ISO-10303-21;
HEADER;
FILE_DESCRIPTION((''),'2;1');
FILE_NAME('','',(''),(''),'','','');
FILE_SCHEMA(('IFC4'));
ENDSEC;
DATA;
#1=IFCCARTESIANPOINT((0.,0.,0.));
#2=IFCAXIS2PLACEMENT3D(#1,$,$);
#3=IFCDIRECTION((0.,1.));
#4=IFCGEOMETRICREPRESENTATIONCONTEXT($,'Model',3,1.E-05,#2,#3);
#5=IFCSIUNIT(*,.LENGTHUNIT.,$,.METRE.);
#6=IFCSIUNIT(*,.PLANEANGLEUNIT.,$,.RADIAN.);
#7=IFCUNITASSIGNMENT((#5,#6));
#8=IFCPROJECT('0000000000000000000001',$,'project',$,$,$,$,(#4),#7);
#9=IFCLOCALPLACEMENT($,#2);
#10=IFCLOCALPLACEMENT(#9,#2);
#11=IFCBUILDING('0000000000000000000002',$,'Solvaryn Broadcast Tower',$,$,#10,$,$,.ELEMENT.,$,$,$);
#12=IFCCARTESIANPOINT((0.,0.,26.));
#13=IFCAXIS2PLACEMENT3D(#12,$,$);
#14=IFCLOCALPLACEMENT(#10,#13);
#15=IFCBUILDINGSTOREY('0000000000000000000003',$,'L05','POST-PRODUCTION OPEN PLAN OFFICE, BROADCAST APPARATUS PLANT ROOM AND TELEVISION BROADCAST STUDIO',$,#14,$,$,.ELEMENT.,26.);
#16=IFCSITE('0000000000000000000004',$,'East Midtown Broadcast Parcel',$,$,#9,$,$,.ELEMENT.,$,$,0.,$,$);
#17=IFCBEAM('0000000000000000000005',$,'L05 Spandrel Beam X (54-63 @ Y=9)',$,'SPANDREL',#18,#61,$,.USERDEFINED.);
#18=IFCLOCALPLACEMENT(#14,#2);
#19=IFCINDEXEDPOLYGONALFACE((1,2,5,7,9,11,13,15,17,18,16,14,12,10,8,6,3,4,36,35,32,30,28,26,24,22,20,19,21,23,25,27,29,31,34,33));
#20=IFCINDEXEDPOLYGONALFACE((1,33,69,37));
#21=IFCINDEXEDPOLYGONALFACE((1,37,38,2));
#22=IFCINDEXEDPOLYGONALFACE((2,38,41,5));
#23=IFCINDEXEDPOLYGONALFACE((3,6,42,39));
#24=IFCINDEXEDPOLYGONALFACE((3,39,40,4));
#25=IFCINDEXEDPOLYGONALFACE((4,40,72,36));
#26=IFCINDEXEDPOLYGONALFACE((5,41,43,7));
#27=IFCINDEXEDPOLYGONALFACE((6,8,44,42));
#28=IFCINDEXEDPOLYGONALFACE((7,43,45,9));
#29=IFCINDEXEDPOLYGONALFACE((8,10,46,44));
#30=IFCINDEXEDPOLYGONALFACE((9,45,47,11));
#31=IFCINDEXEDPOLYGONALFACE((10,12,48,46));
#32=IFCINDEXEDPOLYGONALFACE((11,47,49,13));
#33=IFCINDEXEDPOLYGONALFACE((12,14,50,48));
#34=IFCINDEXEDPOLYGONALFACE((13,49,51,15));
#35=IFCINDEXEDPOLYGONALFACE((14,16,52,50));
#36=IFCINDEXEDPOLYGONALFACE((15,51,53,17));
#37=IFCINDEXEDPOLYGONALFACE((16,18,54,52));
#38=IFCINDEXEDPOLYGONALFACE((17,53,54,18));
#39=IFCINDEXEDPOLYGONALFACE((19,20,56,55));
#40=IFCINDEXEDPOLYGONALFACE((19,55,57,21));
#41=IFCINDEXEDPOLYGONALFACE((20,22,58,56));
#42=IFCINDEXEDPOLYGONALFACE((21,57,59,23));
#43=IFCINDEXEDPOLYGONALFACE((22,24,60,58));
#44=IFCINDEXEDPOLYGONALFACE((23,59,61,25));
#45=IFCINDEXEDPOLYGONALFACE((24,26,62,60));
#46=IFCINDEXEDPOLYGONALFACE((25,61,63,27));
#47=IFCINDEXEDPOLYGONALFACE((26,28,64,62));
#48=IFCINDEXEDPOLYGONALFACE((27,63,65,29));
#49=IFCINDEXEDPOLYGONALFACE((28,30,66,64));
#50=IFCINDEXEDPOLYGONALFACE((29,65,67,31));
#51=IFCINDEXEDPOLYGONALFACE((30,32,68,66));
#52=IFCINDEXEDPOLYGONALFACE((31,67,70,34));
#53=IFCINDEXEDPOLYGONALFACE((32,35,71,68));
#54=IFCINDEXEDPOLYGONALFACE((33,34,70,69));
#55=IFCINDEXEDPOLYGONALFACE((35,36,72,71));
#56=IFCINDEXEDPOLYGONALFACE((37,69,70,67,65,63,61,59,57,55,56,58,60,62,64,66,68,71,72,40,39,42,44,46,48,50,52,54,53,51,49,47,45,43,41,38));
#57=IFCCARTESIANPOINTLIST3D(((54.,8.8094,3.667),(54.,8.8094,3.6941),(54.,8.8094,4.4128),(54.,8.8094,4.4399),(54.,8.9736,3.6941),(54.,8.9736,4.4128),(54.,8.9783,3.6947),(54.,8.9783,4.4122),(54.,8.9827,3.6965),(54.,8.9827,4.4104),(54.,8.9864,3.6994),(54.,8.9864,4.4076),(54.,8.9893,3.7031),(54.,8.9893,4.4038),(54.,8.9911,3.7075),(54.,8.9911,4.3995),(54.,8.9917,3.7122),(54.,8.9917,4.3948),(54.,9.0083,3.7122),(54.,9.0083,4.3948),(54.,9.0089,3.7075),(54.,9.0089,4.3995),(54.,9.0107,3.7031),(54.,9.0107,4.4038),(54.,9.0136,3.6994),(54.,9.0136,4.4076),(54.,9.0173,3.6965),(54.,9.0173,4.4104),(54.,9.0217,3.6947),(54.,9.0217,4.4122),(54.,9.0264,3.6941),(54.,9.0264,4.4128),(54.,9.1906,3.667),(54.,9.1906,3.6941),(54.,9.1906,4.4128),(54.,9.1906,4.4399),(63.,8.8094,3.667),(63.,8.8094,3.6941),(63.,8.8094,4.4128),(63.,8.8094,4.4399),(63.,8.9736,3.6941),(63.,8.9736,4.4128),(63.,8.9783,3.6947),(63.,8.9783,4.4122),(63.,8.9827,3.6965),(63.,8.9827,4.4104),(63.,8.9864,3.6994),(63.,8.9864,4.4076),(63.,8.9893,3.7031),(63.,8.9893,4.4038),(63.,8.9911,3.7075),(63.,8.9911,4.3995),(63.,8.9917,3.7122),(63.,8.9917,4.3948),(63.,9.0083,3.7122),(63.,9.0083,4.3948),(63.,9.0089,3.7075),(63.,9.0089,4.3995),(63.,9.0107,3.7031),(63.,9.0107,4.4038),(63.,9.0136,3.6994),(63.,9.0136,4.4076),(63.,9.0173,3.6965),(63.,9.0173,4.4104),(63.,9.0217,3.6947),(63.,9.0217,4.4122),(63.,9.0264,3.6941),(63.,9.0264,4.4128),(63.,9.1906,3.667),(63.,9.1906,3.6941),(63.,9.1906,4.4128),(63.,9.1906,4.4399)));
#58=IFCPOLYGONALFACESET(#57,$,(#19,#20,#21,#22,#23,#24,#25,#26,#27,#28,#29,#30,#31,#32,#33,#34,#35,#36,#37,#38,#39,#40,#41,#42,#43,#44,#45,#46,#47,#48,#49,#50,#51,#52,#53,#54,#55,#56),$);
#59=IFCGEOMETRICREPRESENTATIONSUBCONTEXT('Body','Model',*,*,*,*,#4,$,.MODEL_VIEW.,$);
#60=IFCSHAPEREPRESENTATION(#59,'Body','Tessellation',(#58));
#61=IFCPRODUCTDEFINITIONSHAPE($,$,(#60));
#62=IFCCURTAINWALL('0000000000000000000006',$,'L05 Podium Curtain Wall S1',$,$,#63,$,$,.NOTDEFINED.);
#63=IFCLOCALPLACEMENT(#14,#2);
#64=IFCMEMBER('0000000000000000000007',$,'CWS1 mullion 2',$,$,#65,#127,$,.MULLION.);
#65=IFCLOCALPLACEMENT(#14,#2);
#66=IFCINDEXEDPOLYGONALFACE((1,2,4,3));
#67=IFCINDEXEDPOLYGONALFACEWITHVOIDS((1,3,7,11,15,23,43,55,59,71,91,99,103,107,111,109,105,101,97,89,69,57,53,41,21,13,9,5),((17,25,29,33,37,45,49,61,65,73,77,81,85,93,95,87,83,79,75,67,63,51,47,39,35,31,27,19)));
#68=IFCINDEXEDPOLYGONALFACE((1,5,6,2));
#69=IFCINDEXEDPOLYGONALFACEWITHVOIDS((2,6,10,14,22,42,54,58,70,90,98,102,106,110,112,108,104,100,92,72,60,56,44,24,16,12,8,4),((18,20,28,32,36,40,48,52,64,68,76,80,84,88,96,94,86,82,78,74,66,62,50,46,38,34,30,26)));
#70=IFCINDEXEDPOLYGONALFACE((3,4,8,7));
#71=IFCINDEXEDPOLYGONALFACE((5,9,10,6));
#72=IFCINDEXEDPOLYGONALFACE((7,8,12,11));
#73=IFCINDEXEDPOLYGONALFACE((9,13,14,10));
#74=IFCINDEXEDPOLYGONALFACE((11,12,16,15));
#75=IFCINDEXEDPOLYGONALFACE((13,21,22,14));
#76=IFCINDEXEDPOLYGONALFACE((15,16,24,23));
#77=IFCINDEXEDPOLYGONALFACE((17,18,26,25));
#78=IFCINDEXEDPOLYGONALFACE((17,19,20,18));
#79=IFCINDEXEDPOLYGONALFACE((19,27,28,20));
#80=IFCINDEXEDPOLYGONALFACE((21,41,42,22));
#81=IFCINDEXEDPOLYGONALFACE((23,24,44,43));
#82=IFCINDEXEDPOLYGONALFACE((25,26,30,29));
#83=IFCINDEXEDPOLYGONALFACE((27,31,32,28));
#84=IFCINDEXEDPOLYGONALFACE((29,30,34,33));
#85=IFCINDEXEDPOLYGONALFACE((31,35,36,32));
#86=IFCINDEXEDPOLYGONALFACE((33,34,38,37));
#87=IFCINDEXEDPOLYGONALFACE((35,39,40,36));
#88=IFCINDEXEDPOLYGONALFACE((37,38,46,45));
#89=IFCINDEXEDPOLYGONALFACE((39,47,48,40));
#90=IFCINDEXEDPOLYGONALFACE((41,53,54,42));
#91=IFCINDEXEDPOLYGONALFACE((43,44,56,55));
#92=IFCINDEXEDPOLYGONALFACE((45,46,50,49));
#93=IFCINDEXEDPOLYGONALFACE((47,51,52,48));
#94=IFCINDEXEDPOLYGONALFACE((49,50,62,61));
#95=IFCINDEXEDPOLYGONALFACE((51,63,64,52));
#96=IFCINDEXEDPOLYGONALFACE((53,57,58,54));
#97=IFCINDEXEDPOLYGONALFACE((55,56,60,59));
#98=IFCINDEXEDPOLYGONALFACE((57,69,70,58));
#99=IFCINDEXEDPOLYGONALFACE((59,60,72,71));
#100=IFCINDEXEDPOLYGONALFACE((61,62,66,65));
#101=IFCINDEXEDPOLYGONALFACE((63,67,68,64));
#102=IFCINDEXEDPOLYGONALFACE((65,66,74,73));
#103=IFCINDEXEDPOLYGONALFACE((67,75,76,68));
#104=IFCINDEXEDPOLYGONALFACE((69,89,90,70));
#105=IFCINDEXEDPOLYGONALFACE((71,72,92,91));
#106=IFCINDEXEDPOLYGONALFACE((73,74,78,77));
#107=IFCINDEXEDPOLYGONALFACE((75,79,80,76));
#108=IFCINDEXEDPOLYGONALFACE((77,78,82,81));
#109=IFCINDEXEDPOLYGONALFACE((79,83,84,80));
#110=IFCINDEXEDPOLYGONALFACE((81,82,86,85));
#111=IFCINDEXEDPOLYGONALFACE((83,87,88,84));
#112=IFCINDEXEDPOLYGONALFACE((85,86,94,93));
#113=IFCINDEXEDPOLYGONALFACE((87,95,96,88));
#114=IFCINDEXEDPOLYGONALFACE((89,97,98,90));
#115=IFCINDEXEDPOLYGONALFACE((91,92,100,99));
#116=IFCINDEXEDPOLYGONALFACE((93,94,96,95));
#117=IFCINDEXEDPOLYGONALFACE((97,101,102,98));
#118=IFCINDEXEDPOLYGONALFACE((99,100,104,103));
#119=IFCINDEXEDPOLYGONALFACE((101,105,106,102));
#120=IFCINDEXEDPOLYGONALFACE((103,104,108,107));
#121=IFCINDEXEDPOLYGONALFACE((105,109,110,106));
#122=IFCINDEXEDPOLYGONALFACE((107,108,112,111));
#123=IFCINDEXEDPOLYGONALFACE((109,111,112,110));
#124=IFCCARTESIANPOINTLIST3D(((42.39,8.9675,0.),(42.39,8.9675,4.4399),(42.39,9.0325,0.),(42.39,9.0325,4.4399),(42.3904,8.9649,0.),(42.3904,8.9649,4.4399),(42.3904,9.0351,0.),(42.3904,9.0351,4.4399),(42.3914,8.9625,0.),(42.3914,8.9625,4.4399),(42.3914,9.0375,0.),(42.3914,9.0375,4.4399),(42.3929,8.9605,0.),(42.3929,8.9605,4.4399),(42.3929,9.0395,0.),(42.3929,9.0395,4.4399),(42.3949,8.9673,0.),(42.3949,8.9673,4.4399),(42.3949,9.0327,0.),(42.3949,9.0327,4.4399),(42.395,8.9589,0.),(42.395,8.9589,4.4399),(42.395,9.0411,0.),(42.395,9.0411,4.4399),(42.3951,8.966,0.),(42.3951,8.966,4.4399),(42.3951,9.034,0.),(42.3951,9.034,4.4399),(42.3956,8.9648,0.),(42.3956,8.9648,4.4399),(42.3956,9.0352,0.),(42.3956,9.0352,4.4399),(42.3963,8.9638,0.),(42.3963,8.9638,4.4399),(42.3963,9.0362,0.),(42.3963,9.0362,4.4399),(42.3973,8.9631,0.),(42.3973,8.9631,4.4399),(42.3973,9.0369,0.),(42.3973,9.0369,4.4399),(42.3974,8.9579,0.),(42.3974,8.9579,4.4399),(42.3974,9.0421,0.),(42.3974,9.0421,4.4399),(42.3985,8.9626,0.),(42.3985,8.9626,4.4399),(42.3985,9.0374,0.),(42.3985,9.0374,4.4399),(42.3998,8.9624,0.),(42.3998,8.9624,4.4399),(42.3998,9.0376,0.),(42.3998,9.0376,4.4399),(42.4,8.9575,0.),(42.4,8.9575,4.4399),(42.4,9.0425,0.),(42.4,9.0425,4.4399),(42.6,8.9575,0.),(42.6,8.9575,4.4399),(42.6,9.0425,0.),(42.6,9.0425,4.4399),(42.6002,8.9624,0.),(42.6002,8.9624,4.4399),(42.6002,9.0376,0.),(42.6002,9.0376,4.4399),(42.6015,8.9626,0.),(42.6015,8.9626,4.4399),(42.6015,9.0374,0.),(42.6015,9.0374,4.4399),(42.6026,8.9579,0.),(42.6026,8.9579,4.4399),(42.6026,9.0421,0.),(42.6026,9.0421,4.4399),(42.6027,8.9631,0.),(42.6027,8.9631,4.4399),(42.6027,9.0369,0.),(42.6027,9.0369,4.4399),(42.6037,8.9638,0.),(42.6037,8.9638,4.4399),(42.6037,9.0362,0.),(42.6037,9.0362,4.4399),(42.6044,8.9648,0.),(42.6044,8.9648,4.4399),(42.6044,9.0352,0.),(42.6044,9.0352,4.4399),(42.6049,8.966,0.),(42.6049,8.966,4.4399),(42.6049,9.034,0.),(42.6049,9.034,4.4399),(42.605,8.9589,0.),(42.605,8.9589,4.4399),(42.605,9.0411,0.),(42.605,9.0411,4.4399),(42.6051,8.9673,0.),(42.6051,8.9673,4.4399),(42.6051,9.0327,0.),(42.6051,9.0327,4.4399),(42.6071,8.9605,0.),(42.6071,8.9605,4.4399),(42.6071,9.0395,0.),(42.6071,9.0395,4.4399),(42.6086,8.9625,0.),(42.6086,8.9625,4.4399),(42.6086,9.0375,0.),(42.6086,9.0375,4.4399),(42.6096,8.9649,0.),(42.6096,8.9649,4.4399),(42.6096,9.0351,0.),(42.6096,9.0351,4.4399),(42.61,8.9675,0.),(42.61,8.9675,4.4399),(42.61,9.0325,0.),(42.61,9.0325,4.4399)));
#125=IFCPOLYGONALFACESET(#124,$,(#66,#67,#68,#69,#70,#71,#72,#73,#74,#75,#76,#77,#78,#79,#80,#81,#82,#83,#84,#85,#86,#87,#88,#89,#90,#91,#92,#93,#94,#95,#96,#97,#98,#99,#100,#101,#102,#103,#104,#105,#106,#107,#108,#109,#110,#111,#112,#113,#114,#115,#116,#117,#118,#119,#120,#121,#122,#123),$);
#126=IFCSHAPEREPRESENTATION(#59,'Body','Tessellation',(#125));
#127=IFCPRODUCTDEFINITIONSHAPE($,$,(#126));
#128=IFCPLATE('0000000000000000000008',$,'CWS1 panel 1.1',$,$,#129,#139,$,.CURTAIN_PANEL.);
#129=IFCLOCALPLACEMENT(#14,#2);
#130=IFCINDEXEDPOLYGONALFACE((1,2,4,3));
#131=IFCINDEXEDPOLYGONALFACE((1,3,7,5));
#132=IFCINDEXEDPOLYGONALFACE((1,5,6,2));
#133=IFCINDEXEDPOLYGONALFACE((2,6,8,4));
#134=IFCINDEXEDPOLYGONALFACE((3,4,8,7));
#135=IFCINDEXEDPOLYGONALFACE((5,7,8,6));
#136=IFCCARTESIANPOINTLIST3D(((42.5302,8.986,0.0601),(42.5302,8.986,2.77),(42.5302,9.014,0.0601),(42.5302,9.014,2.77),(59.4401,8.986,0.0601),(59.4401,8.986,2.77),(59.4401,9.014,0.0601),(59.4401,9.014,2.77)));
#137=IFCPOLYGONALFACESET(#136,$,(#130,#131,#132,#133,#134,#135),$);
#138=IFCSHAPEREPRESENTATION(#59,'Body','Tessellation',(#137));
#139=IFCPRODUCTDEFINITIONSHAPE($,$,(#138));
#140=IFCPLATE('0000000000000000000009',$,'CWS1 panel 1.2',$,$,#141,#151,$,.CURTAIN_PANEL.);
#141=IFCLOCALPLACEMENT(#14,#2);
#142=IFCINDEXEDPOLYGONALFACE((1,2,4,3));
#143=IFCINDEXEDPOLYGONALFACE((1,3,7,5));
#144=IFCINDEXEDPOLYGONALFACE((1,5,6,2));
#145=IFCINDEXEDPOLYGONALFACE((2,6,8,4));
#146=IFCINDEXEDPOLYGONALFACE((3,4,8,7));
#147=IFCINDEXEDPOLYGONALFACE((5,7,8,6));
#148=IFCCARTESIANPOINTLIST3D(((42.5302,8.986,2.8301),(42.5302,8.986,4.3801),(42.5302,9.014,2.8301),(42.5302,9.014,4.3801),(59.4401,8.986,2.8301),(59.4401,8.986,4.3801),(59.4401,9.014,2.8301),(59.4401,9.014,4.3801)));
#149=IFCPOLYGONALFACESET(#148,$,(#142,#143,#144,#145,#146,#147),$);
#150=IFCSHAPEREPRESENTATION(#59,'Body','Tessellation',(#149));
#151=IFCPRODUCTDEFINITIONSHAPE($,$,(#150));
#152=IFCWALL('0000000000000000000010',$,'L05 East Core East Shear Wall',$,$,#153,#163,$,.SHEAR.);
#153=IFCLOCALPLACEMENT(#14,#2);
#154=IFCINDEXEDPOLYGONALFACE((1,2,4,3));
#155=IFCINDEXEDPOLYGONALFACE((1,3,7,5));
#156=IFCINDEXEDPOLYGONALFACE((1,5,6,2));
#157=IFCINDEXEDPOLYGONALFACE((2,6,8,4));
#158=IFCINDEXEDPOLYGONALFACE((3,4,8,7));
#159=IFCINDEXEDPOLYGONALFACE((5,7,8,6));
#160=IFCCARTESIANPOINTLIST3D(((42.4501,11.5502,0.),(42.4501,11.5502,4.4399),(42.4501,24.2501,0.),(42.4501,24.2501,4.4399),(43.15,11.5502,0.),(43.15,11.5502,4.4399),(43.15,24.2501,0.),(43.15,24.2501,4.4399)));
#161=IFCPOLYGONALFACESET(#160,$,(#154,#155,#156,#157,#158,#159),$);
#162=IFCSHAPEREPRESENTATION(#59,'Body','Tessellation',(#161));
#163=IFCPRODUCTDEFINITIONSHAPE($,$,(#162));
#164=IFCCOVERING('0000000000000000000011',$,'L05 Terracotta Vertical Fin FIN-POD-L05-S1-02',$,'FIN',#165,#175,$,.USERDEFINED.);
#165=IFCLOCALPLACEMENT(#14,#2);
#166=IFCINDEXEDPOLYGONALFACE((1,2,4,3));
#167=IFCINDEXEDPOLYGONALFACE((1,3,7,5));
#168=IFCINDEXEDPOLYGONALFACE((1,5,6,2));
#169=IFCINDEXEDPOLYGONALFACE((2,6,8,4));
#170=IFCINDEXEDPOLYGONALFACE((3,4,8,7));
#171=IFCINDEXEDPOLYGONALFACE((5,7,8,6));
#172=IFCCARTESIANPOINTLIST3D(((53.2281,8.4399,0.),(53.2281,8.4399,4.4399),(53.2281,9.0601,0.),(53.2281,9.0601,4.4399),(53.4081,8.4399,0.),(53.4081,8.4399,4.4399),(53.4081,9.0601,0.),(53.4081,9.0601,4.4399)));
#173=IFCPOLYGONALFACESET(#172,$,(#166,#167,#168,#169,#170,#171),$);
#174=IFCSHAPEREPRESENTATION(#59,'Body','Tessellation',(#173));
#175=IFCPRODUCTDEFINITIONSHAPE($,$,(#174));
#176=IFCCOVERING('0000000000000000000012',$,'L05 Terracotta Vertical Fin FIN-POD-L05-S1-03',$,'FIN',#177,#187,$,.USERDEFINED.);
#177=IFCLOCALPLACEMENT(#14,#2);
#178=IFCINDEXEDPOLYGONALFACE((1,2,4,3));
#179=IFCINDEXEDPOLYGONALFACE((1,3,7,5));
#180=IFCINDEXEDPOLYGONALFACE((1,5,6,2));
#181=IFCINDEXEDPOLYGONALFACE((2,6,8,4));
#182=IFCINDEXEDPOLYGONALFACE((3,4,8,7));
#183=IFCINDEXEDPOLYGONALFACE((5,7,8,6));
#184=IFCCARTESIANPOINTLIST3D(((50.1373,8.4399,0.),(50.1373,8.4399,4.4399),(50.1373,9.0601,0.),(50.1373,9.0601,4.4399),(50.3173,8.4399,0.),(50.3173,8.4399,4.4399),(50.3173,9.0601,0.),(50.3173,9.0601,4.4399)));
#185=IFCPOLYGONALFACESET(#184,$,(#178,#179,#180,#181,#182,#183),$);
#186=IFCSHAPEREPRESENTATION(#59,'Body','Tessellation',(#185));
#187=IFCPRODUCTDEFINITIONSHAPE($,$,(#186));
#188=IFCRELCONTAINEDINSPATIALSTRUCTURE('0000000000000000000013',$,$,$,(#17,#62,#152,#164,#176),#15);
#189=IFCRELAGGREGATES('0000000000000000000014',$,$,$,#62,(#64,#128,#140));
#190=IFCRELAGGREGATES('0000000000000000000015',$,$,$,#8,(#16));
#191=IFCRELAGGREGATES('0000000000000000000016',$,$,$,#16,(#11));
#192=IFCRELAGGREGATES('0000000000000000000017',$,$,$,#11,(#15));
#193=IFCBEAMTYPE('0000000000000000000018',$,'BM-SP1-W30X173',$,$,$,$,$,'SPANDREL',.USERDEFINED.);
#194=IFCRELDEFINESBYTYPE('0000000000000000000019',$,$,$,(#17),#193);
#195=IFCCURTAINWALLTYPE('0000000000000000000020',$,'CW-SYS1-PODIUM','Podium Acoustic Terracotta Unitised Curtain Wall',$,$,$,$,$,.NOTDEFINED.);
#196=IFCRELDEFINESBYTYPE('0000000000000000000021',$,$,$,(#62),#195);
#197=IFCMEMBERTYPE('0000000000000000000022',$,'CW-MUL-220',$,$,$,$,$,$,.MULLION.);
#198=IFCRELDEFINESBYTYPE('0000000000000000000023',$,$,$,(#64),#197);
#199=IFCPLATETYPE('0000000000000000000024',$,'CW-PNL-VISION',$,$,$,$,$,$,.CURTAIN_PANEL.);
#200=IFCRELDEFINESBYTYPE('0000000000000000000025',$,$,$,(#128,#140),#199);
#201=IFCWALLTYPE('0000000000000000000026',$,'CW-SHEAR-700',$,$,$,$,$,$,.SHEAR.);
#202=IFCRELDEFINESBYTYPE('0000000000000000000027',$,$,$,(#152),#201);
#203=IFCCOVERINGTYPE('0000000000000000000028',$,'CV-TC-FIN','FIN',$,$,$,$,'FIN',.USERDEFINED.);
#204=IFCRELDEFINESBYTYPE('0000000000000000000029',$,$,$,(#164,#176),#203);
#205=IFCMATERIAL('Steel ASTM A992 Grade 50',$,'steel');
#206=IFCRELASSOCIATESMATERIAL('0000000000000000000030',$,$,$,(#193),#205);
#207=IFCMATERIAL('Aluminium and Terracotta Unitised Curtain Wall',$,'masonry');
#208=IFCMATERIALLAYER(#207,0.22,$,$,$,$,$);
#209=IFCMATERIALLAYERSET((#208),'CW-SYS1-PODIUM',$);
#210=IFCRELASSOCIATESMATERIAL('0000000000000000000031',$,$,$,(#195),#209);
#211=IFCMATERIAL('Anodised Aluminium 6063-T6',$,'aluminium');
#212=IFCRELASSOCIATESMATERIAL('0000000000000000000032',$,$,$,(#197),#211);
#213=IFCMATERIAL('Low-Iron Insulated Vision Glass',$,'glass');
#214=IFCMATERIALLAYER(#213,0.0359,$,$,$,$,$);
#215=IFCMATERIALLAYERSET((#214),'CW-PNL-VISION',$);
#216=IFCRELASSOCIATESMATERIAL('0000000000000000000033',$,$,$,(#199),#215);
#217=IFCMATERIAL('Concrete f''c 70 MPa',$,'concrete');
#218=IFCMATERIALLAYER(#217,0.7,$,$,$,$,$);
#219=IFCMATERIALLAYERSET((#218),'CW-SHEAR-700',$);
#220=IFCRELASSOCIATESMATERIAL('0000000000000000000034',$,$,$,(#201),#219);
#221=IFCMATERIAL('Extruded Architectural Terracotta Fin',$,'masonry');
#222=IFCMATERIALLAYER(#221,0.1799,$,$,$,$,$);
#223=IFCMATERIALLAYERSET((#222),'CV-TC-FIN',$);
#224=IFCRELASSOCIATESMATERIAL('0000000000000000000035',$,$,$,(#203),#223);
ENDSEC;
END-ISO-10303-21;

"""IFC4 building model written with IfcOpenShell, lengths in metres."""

from ifc_helpers import new_model, si_unit, direction, frame, frame_2d, origin, origin_2d, place, context, subcontext, project, spatial, rectangle, hollow_rectangle, i_section, extrude, material, layer, layer_set, material_profile, profile_set, type_object, element, aggregate, save


model = new_model("IFC4")

# Units and contexts
model_context = context("Model", 3, precision=1e-05, world=origin(), true_north=direction((0.0, 1.0)))
body_context = subcontext(model_context, "Body", "Model", "MODEL_VIEW")
ifc_project = project(units=[si_unit("LENGTHUNIT", "METRE"), si_unit("PLANEANGLEUNIT", "RADIAN")], contexts=[model_context])

# Site, building, storey
site_placement = place(None, origin())
site = spatial("IfcSite", under=ifc_project, at=site_placement, Name="East Midtown Broadcast Parcel", CompositionType="ELEMENT", RefElevation=0.0)
building_placement = place(site_placement, origin())
building = spatial("IfcBuilding", under=site, at=building_placement, Name="Solvaryn Broadcast Tower", CompositionType="ELEMENT")
storey_placement = place(building_placement, frame((0.0, 0.0, 26.0)))
storey = spatial("IfcBuildingStorey", under=building, at=storey_placement, Name="L05", Description="POST-PRODUCTION OPEN PLAN OFFICE, BROADCAST APPARATUS PLANT ROOM AND TELEVISION BROADCAST STUDIO", CompositionType="ELEMENT", Elevation=26.0)

# Beam
ifc_material_1 = material(Name="Steel ASTM A992 Grade 50", Category="steel")
ifc_material_profile_1 = material_profile(ifc_material_1, i_section(OverallWidth=0.3811, OverallDepth=0.7729, WebThickness=0.0166, FlangeThickness=0.0271, FilletRadius=0.0181, at=origin_2d()))
ifc_profile_set_1 = profile_set([ifc_material_profile_1], Name="Steel ASTM A992 Grade 50")
beam_type_1 = type_object("IfcBeamType", Name="BM-SP1-W30X173", ElementType="SPANDREL", PredefinedType="USERDEFINED", material=ifc_profile_set_1)
for number, where, z_axis, x_axis, name in (
    (1, (54.0, 9.0, 4.0535), (1.0, 0.0, 0.0), (0.0, 1.0, 0.0), "L05 Spandrel Beam X (54-63 @ Y=9)"),
):
    element("IfcBeam", number, at=place(storey_placement, frame(where, z_axis=z_axis, x_axis=x_axis)), inside=storey, type_object=beam_type_1, Name=name, ObjectType="SPANDREL", PredefinedType="USERDEFINED", context=body_context, shape_type="SweptSolid", body=[
        extrude(i_section(OverallWidth=0.3811, OverallDepth=0.7729, WebThickness=0.0166, FlangeThickness=0.0271, FilletRadius=0.0181, at=origin_2d()), origin(), (0.0, 0.0, 1.0), 9.0),
    ])

# Curtain wall, member, plates
ifc_material_2 = material(Name="Aluminium and Terracotta Unitised Curtain Wall", Category="masonry")
ifc_layer_1 = layer(ifc_material_2, 0.22)
ifc_layer_set_1 = layer_set([ifc_layer_1], Name="CW-SYS1-PODIUM")
curtain_wall_type = type_object("IfcCurtainWallType", Name="CW-SYS1-PODIUM", Description="Podium Acoustic Terracotta Unitised Curtain Wall", PredefinedType="NOTDEFINED", material=ifc_layer_set_1)
curtain_wall_placement = place(storey_placement, origin())
curtain_wall = element("IfcCurtainWall", 2, at=curtain_wall_placement, inside=storey, type_object=curtain_wall_type, Name="L05 Podium Curtain Wall S1", PredefinedType="NOTDEFINED")
ifc_material_3 = material(Name="Anodised Aluminium 6063-T6", Category="aluminium")
ifc_material_profile_2 = material_profile(ifc_material_3, hollow_rectangle(XDim=0.085, YDim=0.22, WallThickness=0.0049, InnerFilletRadius=0.0049, OuterFilletRadius=0.01, at=origin_2d()))
ifc_profile_set_2 = profile_set([ifc_material_profile_2], Name="Anodised Aluminium 6063-T6")
member_type = type_object("IfcMemberType", Name="CW-MUL-220", PredefinedType="MULLION", material=ifc_profile_set_2)
member_placement = place(storey_placement, frame((42.5, 9.0, 0.0), z_axis=(0.0, 0.0, 1.0), x_axis=(0.0, -1.0, 0.0)))
member = element("IfcMember", 3, at=member_placement, type_object=member_type, Name="CWS1 mullion 2", PredefinedType="MULLION", context=body_context, shape_type="SweptSolid", body=[
    extrude(hollow_rectangle(XDim=0.085, YDim=0.22, WallThickness=0.0049, InnerFilletRadius=0.0049, OuterFilletRadius=0.01, at=origin_2d()), origin(), (0.0, 0.0, 1.0), 4.4399),
])
ifc_material_4 = material(Name="Low-Iron Insulated Vision Glass", Category="glass")
ifc_layer_2 = layer(ifc_material_4, 0.0359)
ifc_layer_set_2 = layer_set([ifc_layer_2], Name="CW-PNL-VISION")
plate_type = type_object("IfcPlateType", Name="CW-PNL-VISION", PredefinedType="CURTAIN_PANEL", material=ifc_layer_set_2)
plate_1_placement = place(storey_placement, frame((50.9851, 9.0, 0.0601), z_axis=(0.0, 0.0, 1.0), x_axis=(-1.0, 0.0, 0.0)))
plate_1 = element("IfcPlate", 4, at=plate_1_placement, type_object=plate_type, Name="CWS1 panel 1.1", PredefinedType="CURTAIN_PANEL", context=body_context, shape_type="SweptSolid", body=[
    extrude(rectangle(XDim=16.9099, YDim=0.0281, at=origin_2d()), origin(), (0.0, 0.0, 1.0), 2.71),
])
plate_2_placement = place(storey_placement, frame((50.9851, 9.0, 2.8301), z_axis=(0.0, 0.0, 1.0), x_axis=(-1.0, 0.0, 0.0)))
plate_2 = element("IfcPlate", 5, at=plate_2_placement, type_object=plate_type, Name="CWS1 panel 1.2", PredefinedType="CURTAIN_PANEL", context=body_context, shape_type="SweptSolid", body=[
    extrude(rectangle(XDim=16.9099, YDim=0.0281, at=origin_2d()), origin(), (0.0, 0.0, 1.0), 1.55),
])
aggregate(curtain_wall, [member, plate_1, plate_2])

# Wall
ifc_material_5 = material(Name="Concrete f'c 70 MPa", Category="concrete")
ifc_layer_3 = layer(ifc_material_5, 0.7)
ifc_layer_set_3 = layer_set([ifc_layer_3], Name="CW-SHEAR-700")
wall_type = type_object("IfcWallType", Name="CW-SHEAR-700", PredefinedType="SHEAR", material=ifc_layer_set_3)
wall_placement = place(storey_placement, frame((42.8, 11.55, 0.0), z_axis=(0.0, 0.0, 1.0), x_axis=(0.0, 1.0, 0.0)))
element("IfcWall", 6, at=wall_placement, inside=storey, type_object=wall_type, Name="L05 East Core East Shear Wall", PredefinedType="SHEAR", context=body_context, shape_type="SweptSolid", body=[
    extrude(rectangle(XDim=12.7, YDim=0.7, at=frame_2d((6.3501, 0.0))), origin(), (0.0, 0.0, 1.0), 4.4399),
])

# Coverings
ifc_material_6 = material(Name="Extruded Architectural Terracotta Fin", Category="masonry")
ifc_layer_4 = layer(ifc_material_6, 0.1799)
ifc_layer_set_4 = layer_set([ifc_layer_4], Name="CV-TC-FIN")
covering_type = type_object("IfcCoveringType", Name="CV-TC-FIN", Description="FIN", ElementType="FIN", PredefinedType="USERDEFINED", material=ifc_layer_set_4)
for number, where, z_axis, x_axis, name in (
    (7, (53.3181, 8.75, 0.0), (0.0, 0.0, 1.0), (1.0, 0.0, 0.0), "L05 Terracotta Vertical Fin FIN-POD-L05-S1-02"),
    (8, (50.2273, 8.75, 0.0), (0.0, 0.0, 1.0), (1.0, 0.0, 0.0), "L05 Terracotta Vertical Fin FIN-POD-L05-S1-03"),
):
    element("IfcCovering", number, at=place(storey_placement, frame(where, z_axis=z_axis, x_axis=x_axis)), inside=storey, type_object=covering_type, Name=name, ObjectType="FIN", PredefinedType="USERDEFINED", context=body_context, shape_type="SweptSolid", body=[
        extrude(rectangle(XDim=0.1799, YDim=0.6201, at=origin_2d()), origin(), (0.0, 0.0, 1.0), 4.4399),
    ])

save(model, "model.ifc")
